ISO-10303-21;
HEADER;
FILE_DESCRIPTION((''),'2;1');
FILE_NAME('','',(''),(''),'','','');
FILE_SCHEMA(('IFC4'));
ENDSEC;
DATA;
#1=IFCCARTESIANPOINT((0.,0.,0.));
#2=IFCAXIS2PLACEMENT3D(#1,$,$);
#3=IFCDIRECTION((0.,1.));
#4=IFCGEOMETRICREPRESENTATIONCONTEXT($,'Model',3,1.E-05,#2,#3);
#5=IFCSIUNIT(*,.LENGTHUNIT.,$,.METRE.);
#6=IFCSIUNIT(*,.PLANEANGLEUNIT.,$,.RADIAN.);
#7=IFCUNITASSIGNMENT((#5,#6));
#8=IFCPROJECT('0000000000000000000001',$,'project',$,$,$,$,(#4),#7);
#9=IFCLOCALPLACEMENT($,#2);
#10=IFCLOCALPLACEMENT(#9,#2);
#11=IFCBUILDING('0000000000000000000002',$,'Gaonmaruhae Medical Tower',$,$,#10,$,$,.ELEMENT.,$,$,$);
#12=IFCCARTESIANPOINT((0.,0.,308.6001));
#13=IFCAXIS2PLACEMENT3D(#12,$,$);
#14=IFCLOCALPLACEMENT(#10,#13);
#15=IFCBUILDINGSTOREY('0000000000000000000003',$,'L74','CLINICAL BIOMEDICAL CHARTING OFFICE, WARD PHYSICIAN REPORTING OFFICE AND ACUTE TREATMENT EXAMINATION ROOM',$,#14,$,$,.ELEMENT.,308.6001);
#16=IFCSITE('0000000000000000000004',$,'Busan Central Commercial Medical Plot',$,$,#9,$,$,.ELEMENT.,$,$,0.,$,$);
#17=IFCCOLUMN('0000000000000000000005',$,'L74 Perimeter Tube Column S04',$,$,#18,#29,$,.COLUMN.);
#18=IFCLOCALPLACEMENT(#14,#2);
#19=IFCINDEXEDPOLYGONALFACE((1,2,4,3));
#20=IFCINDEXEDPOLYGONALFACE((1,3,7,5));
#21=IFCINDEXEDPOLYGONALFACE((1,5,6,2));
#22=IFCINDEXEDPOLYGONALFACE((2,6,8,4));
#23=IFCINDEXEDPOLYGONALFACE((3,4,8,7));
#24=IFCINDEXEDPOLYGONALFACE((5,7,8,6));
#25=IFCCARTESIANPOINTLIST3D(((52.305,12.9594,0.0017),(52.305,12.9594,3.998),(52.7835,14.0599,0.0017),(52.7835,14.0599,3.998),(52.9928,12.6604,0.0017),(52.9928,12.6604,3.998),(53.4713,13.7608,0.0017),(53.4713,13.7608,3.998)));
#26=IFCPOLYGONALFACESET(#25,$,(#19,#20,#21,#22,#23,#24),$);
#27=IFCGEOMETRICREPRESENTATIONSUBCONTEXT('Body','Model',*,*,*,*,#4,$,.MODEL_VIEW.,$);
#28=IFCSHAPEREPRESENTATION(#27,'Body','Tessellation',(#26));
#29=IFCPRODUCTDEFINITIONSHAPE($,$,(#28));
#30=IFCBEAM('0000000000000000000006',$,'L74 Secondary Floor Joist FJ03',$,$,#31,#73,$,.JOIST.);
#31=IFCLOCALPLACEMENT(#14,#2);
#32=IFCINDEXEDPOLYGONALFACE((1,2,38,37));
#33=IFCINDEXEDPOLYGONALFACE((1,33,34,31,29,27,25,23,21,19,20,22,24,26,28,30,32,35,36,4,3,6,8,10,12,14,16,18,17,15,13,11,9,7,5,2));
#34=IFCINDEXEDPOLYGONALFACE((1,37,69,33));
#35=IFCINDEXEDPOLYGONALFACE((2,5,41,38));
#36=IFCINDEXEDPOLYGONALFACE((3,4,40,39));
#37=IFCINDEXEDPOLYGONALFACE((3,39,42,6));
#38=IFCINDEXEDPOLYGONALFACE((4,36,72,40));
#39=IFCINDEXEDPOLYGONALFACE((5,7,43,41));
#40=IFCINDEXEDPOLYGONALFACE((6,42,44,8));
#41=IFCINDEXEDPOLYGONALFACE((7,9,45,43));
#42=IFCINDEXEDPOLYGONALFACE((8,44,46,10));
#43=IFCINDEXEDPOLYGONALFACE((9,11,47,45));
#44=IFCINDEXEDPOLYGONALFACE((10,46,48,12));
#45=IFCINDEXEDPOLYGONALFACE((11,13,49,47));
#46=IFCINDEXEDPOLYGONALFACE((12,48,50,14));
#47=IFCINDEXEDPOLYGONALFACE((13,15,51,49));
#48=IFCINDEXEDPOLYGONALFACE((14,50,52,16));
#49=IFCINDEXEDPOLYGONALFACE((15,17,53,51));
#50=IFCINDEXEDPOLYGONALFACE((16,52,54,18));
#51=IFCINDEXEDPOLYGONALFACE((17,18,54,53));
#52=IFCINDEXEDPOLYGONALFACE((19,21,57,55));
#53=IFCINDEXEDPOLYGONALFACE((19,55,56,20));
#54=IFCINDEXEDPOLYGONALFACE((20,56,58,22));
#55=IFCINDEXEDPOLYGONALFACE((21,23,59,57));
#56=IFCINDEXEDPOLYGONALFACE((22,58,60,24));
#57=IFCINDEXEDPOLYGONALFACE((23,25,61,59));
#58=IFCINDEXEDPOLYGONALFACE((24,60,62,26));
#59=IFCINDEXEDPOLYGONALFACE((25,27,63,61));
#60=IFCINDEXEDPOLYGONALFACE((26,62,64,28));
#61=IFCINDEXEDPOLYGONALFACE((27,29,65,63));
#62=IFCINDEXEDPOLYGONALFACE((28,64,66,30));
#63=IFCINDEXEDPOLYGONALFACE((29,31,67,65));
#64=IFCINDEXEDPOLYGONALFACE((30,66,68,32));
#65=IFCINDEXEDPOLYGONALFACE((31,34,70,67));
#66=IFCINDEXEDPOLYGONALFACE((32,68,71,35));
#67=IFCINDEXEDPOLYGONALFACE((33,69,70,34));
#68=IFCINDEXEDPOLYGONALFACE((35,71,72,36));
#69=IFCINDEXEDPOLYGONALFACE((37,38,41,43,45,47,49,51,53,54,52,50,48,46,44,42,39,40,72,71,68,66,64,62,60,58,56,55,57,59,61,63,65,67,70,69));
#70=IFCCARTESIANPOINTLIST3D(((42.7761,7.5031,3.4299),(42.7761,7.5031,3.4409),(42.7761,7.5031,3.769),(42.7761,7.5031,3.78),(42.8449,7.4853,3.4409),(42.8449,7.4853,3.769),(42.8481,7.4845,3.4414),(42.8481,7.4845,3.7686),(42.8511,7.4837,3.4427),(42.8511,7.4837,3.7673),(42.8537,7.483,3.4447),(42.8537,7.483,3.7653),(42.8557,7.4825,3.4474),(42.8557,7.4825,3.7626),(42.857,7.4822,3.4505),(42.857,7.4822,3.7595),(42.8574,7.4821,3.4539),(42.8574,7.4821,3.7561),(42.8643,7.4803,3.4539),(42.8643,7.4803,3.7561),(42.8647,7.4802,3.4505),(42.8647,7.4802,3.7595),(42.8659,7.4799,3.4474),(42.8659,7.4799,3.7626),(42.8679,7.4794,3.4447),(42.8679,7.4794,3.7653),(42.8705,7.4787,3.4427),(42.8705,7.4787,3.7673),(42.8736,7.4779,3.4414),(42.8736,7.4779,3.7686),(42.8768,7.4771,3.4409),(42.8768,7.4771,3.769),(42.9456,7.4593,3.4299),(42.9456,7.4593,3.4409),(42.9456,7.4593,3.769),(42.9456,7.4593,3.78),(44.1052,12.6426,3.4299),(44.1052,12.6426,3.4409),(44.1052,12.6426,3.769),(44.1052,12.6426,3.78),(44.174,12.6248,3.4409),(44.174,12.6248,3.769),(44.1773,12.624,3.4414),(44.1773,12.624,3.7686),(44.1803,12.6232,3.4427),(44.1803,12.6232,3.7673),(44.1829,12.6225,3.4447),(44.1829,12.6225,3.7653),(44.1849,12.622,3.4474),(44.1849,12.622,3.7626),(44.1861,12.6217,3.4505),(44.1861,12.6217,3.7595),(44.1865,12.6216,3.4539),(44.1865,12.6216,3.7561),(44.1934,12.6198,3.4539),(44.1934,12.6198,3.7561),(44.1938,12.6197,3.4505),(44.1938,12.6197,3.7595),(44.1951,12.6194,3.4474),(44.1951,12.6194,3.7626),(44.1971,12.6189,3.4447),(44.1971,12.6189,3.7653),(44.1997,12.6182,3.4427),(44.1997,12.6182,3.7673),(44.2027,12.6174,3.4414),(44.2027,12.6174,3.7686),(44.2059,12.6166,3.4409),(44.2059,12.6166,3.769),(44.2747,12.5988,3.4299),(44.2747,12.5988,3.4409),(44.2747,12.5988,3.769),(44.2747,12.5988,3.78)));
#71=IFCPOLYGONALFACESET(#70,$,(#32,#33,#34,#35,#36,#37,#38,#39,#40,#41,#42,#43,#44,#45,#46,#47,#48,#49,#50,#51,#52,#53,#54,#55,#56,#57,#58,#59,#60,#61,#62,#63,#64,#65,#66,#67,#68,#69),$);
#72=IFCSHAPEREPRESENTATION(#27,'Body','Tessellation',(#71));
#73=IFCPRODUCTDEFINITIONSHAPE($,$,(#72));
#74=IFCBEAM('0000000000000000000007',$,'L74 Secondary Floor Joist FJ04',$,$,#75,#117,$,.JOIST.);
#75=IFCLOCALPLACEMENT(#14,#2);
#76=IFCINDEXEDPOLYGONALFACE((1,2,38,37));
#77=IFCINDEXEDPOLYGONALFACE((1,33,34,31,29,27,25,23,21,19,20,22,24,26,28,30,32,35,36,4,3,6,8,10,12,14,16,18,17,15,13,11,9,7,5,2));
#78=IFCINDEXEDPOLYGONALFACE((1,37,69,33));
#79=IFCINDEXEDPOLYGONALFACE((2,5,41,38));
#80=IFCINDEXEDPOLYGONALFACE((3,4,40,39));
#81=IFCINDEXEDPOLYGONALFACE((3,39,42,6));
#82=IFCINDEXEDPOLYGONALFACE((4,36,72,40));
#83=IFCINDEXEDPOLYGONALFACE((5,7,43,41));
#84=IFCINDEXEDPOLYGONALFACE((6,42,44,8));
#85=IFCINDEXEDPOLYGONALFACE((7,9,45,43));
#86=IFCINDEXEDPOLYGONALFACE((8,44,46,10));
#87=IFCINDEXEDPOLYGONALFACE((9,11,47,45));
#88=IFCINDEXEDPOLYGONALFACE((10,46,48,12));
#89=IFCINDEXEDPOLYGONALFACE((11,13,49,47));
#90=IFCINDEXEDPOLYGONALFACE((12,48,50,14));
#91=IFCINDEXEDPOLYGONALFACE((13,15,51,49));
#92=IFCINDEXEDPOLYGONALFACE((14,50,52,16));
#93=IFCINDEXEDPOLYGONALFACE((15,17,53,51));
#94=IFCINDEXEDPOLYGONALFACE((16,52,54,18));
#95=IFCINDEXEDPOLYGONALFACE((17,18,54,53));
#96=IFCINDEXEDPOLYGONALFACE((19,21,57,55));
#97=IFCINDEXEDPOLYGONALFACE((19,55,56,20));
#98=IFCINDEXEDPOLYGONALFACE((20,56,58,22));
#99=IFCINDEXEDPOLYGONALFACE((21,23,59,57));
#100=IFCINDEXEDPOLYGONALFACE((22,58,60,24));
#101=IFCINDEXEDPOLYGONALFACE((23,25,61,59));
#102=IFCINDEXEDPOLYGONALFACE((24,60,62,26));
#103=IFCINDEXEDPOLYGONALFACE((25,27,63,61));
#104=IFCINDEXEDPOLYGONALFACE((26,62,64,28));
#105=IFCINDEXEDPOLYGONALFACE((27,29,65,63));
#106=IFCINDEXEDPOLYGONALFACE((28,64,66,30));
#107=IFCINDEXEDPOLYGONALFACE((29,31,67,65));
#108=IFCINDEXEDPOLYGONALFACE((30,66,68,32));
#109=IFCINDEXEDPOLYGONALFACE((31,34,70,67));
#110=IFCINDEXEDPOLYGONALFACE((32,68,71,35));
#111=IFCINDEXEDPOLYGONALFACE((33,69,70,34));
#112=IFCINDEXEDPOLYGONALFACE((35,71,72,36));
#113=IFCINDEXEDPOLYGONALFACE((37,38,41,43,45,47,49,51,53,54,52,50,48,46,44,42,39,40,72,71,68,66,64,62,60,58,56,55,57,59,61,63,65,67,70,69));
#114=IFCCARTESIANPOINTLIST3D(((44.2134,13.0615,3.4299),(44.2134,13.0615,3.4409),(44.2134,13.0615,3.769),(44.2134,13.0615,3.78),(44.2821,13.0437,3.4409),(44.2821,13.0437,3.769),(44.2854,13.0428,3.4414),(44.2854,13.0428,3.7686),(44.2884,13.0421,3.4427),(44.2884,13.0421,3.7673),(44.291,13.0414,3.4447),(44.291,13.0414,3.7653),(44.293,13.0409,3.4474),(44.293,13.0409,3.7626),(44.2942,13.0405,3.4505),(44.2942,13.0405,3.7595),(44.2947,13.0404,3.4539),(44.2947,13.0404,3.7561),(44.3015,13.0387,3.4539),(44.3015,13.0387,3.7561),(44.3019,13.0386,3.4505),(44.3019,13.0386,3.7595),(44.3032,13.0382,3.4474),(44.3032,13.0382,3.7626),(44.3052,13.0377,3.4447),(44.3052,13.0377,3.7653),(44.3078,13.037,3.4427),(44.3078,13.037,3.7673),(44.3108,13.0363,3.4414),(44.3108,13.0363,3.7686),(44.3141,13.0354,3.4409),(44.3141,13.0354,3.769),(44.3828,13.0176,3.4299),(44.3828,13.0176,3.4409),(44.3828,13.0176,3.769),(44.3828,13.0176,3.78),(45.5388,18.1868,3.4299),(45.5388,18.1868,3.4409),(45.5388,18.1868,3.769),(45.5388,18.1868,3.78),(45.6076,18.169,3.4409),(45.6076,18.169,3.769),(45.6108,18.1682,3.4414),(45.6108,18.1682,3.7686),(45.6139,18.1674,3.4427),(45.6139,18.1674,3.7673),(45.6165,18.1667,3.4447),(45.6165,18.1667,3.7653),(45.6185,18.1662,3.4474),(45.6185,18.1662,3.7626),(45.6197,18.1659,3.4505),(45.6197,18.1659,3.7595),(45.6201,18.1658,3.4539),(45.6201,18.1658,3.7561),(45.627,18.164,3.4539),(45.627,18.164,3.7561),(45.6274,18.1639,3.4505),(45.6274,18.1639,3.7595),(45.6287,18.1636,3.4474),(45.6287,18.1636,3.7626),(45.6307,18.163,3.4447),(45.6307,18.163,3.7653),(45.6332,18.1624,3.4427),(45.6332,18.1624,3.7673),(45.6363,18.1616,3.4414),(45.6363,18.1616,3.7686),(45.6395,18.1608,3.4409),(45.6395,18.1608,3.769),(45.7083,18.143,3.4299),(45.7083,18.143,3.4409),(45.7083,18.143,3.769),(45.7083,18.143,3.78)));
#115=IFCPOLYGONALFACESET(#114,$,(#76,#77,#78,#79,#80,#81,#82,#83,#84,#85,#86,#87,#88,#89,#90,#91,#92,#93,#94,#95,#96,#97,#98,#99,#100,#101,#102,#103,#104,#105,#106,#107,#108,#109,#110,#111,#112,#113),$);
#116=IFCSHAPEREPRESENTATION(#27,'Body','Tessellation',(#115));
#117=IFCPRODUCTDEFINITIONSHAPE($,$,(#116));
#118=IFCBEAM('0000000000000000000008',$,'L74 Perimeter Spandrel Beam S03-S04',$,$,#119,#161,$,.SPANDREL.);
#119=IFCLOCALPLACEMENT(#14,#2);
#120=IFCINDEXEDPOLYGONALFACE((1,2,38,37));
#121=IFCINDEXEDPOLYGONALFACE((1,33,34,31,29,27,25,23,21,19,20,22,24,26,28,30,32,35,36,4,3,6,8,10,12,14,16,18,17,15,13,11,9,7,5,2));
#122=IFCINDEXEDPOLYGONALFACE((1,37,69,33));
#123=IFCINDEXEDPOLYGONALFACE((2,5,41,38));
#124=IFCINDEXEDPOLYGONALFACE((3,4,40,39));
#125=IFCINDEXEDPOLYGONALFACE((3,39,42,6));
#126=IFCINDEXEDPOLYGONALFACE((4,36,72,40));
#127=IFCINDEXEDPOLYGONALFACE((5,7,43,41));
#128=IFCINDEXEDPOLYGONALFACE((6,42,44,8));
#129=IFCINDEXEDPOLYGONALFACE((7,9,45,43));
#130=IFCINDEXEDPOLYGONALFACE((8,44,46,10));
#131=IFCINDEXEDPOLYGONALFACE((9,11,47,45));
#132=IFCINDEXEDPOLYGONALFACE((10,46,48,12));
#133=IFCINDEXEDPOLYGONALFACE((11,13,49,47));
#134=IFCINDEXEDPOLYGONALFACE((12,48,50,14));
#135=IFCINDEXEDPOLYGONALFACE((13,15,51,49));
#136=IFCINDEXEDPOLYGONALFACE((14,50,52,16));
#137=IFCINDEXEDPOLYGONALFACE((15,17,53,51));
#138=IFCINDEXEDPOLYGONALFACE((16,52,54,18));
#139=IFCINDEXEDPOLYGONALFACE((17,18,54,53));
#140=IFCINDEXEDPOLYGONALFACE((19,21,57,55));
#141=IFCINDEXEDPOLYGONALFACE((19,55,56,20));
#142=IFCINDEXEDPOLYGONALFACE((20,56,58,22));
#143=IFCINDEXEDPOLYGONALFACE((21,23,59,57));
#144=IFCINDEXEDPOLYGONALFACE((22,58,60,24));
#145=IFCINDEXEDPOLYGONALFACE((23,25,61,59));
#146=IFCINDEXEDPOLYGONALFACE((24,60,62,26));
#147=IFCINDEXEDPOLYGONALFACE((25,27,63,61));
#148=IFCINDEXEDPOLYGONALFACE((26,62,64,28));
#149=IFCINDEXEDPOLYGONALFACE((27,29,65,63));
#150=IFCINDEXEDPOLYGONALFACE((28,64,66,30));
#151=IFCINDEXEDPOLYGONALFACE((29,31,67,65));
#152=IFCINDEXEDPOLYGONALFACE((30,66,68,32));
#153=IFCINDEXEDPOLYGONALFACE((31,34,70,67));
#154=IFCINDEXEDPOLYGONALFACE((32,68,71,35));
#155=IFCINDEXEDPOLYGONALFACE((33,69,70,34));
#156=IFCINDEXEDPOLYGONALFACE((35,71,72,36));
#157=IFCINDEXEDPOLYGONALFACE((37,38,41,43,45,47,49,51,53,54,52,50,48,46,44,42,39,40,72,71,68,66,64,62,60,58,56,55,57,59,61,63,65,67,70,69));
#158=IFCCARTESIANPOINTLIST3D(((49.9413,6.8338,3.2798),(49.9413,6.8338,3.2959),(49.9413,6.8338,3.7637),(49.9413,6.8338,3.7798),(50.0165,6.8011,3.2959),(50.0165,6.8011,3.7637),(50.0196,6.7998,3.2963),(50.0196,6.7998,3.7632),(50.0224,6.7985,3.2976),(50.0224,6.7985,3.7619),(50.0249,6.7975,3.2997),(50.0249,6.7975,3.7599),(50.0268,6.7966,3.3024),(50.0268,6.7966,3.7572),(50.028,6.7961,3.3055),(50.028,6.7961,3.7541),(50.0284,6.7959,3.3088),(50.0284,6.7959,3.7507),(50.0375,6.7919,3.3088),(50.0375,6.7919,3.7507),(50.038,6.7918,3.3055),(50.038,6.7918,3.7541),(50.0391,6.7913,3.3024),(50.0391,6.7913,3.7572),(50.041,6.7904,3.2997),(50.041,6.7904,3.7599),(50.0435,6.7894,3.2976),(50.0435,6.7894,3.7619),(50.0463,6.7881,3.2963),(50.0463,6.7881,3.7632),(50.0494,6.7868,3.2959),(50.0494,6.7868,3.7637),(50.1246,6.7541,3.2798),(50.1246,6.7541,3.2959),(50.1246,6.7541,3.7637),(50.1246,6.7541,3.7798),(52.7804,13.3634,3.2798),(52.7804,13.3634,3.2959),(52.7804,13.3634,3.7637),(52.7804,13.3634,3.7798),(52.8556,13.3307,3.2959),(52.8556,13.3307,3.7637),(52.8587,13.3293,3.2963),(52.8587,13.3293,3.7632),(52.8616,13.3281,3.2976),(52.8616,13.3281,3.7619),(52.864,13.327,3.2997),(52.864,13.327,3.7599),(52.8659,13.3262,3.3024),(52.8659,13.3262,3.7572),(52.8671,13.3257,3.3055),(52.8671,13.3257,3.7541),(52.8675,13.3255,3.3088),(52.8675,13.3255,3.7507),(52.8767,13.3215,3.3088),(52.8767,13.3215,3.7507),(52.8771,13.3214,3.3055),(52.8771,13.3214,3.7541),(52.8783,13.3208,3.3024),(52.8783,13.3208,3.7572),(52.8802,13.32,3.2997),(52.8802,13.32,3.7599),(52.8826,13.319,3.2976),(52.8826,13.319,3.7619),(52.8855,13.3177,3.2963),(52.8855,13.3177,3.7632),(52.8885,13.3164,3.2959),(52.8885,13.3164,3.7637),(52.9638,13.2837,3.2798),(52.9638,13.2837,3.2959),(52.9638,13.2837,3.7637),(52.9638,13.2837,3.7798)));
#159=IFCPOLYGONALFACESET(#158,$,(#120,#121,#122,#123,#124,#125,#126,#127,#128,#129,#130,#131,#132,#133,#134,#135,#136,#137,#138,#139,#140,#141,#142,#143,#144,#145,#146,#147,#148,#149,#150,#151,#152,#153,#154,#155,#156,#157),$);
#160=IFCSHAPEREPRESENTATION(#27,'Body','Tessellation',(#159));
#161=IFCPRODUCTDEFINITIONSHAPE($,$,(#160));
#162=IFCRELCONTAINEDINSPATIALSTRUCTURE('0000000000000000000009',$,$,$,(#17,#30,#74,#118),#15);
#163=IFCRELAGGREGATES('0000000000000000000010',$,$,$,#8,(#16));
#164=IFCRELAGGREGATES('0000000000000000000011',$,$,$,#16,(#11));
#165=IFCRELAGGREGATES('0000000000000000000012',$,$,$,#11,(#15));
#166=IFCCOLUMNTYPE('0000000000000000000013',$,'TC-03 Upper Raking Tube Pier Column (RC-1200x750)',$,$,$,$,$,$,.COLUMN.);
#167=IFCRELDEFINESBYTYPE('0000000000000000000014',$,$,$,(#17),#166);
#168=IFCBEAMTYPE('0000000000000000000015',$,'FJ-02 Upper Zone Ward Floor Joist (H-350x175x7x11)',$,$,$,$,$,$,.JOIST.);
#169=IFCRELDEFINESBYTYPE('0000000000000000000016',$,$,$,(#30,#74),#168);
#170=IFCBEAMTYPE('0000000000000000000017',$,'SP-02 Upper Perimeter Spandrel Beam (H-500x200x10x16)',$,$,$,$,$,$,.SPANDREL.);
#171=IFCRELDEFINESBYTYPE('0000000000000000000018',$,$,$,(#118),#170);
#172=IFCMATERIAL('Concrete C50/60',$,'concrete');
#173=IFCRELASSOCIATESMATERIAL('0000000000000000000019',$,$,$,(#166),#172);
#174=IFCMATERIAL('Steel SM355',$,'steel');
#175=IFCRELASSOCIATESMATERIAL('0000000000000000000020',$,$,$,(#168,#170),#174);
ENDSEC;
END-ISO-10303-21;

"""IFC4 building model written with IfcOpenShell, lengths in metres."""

from ifc_helpers import new_model, si_unit, direction, frame, origin, origin_2d, place, context, subcontext, project, spatial, rectangle, i_section, extrude, material, material_profile, profile_set, type_object, element, save


model = new_model("IFC4")

# Units and contexts
model_context = context("Model", 3, precision=1e-05, world=origin(), true_north=direction((0.0, 1.0)))
body_context = subcontext(model_context, "Body", "Model", "MODEL_VIEW")
ifc_project = project(units=[si_unit("LENGTHUNIT", "METRE"), si_unit("PLANEANGLEUNIT", "RADIAN")], contexts=[model_context])

# Site, building, storey
site_placement = place(None, origin())
site = spatial("IfcSite", under=ifc_project, at=site_placement, Name="Busan Central Commercial Medical Plot", CompositionType="ELEMENT", RefElevation=0.0)
building_placement = place(site_placement, origin())
building = spatial("IfcBuilding", under=site, at=building_placement, Name="Gaonmaruhae Medical Tower", CompositionType="ELEMENT")
storey_placement = place(building_placement, frame((0.0, 0.0, 308.6001)))
storey = spatial("IfcBuildingStorey", under=building, at=storey_placement, Name="L74", Description="CLINICAL BIOMEDICAL CHARTING OFFICE, WARD PHYSICIAN REPORTING OFFICE AND ACUTE TREATMENT EXAMINATION ROOM", CompositionType="ELEMENT", Elevation=308.6001)

# Column
ifc_material_1 = material(Name="Concrete C50/60", Category="concrete")
ifc_material_profile_1 = material_profile(ifc_material_1, rectangle(XDim=1.2, YDim=0.75, at=origin_2d()), Name="RC-1200x750")
ifc_profile_set_1 = profile_set([ifc_material_profile_1], Name="Concrete C50/60")
column_type = type_object("IfcColumnType", Name="TC-03 Upper Raking Tube Pier Column (RC-1200x750)", PredefinedType="COLUMN", material=ifc_profile_set_1)
column_placement = place(storey_placement, frame((52.8882, 13.3601, 0.0017), z_axis=(0.0, 0.0, 1.0), x_axis=(0.398749, 0.91706, 0.0)))
element("IfcColumn", 1, at=column_placement, inside=storey, type_object=column_type, Name="L74 Perimeter Tube Column S04", PredefinedType="COLUMN", context=body_context, shape_type="SweptSolid", body=[
    extrude(rectangle(XDim=1.2, YDim=0.75, at=origin_2d()), origin(), (0.0, 0.0, 1.0), 3.9963),
])

# Beams
ifc_material_2 = material(Name="Steel SM355", Category="steel")
ifc_material_profile_2 = material_profile(ifc_material_2, i_section(OverallWidth=0.175, OverallDepth=0.3501, WebThickness=0.0071, FlangeThickness=0.011, FilletRadius=0.0129, at=origin_2d()), Name="H-350x175x7x11")
ifc_profile_set_2 = profile_set([ifc_material_profile_2], Name="Steel SM355")
beam_type_1 = type_object("IfcBeamType", Name="FJ-02 Upper Zone Ward Floor Joist (H-350x175x7x11)", PredefinedType="JOIST", material=ifc_profile_set_2)
beam_1_placement = place(storey_placement, frame((42.8608, 7.4812, 3.605), z_axis=(0.250373, 0.968149, 0.0), x_axis=(-0.968149, 0.250373, 0.0)))
element("IfcBeam", 2, at=beam_1_placement, inside=storey, type_object=beam_type_1, Name="L74 Secondary Floor Joist FJ03", PredefinedType="JOIST", context=body_context, shape_type="SweptSolid", body=[
    extrude(i_section(OverallWidth=0.175, OverallDepth=0.3501, WebThickness=0.0071, FlangeThickness=0.011, FilletRadius=0.0129, at=origin_2d()), origin(), (0.0, 0.0, 1.0), 5.3086),
])
beam_2_placement = place(storey_placement, frame((44.2981, 13.0396, 3.605), z_axis=(0.250373, 0.968149, 0.0), x_axis=(-0.968149, 0.250373, 0.0)))
element("IfcBeam", 3, at=beam_2_placement, inside=storey, type_object=beam_type_1, Name="L74 Secondary Floor Joist FJ04", PredefinedType="JOIST", context=body_context, shape_type="SweptSolid", body=[
    extrude(i_section(OverallWidth=0.175, OverallDepth=0.3501, WebThickness=0.0071, FlangeThickness=0.011, FilletRadius=0.0129, at=origin_2d()), origin(), (0.0, 0.0, 1.0), 5.2939),
])
ifc_material_profile_3 = material_profile(ifc_material_2, i_section(OverallWidth=0.2, OverallDepth=0.5, WebThickness=0.01, FlangeThickness=0.0161, FilletRadius=0.0129, at=origin_2d()), Name="H-500x200x10x16")
ifc_profile_set_3 = profile_set([ifc_material_profile_3], Name="Steel SM355")
beam_type_2 = type_object("IfcBeamType", Name="SP-02 Upper Perimeter Spandrel Beam (H-500x200x10x16)", PredefinedType="SPANDREL", material=ifc_profile_set_3)
for number, where, z_axis, x_axis, name in (
    (4, (50.033, 6.7939, 3.5298), (0.398747, 0.917061, 0.0), (-0.917061, 0.398747, 0.0), "L74 Perimeter Spandrel Beam S03-S04"),
):
    element("IfcBeam", number, at=place(storey_placement, frame(where, z_axis=z_axis, x_axis=x_axis)), inside=storey, type_object=beam_type_2, Name=name, PredefinedType="SPANDREL", context=body_context, shape_type="SweptSolid", body=[
        extrude(i_section(OverallWidth=0.2, OverallDepth=0.5, WebThickness=0.01, FlangeThickness=0.0161, FilletRadius=0.0129, at=origin_2d()), origin(), (0.0, 0.0, 1.0), 7.1201),
    ])

save(model, "model.ifc")
